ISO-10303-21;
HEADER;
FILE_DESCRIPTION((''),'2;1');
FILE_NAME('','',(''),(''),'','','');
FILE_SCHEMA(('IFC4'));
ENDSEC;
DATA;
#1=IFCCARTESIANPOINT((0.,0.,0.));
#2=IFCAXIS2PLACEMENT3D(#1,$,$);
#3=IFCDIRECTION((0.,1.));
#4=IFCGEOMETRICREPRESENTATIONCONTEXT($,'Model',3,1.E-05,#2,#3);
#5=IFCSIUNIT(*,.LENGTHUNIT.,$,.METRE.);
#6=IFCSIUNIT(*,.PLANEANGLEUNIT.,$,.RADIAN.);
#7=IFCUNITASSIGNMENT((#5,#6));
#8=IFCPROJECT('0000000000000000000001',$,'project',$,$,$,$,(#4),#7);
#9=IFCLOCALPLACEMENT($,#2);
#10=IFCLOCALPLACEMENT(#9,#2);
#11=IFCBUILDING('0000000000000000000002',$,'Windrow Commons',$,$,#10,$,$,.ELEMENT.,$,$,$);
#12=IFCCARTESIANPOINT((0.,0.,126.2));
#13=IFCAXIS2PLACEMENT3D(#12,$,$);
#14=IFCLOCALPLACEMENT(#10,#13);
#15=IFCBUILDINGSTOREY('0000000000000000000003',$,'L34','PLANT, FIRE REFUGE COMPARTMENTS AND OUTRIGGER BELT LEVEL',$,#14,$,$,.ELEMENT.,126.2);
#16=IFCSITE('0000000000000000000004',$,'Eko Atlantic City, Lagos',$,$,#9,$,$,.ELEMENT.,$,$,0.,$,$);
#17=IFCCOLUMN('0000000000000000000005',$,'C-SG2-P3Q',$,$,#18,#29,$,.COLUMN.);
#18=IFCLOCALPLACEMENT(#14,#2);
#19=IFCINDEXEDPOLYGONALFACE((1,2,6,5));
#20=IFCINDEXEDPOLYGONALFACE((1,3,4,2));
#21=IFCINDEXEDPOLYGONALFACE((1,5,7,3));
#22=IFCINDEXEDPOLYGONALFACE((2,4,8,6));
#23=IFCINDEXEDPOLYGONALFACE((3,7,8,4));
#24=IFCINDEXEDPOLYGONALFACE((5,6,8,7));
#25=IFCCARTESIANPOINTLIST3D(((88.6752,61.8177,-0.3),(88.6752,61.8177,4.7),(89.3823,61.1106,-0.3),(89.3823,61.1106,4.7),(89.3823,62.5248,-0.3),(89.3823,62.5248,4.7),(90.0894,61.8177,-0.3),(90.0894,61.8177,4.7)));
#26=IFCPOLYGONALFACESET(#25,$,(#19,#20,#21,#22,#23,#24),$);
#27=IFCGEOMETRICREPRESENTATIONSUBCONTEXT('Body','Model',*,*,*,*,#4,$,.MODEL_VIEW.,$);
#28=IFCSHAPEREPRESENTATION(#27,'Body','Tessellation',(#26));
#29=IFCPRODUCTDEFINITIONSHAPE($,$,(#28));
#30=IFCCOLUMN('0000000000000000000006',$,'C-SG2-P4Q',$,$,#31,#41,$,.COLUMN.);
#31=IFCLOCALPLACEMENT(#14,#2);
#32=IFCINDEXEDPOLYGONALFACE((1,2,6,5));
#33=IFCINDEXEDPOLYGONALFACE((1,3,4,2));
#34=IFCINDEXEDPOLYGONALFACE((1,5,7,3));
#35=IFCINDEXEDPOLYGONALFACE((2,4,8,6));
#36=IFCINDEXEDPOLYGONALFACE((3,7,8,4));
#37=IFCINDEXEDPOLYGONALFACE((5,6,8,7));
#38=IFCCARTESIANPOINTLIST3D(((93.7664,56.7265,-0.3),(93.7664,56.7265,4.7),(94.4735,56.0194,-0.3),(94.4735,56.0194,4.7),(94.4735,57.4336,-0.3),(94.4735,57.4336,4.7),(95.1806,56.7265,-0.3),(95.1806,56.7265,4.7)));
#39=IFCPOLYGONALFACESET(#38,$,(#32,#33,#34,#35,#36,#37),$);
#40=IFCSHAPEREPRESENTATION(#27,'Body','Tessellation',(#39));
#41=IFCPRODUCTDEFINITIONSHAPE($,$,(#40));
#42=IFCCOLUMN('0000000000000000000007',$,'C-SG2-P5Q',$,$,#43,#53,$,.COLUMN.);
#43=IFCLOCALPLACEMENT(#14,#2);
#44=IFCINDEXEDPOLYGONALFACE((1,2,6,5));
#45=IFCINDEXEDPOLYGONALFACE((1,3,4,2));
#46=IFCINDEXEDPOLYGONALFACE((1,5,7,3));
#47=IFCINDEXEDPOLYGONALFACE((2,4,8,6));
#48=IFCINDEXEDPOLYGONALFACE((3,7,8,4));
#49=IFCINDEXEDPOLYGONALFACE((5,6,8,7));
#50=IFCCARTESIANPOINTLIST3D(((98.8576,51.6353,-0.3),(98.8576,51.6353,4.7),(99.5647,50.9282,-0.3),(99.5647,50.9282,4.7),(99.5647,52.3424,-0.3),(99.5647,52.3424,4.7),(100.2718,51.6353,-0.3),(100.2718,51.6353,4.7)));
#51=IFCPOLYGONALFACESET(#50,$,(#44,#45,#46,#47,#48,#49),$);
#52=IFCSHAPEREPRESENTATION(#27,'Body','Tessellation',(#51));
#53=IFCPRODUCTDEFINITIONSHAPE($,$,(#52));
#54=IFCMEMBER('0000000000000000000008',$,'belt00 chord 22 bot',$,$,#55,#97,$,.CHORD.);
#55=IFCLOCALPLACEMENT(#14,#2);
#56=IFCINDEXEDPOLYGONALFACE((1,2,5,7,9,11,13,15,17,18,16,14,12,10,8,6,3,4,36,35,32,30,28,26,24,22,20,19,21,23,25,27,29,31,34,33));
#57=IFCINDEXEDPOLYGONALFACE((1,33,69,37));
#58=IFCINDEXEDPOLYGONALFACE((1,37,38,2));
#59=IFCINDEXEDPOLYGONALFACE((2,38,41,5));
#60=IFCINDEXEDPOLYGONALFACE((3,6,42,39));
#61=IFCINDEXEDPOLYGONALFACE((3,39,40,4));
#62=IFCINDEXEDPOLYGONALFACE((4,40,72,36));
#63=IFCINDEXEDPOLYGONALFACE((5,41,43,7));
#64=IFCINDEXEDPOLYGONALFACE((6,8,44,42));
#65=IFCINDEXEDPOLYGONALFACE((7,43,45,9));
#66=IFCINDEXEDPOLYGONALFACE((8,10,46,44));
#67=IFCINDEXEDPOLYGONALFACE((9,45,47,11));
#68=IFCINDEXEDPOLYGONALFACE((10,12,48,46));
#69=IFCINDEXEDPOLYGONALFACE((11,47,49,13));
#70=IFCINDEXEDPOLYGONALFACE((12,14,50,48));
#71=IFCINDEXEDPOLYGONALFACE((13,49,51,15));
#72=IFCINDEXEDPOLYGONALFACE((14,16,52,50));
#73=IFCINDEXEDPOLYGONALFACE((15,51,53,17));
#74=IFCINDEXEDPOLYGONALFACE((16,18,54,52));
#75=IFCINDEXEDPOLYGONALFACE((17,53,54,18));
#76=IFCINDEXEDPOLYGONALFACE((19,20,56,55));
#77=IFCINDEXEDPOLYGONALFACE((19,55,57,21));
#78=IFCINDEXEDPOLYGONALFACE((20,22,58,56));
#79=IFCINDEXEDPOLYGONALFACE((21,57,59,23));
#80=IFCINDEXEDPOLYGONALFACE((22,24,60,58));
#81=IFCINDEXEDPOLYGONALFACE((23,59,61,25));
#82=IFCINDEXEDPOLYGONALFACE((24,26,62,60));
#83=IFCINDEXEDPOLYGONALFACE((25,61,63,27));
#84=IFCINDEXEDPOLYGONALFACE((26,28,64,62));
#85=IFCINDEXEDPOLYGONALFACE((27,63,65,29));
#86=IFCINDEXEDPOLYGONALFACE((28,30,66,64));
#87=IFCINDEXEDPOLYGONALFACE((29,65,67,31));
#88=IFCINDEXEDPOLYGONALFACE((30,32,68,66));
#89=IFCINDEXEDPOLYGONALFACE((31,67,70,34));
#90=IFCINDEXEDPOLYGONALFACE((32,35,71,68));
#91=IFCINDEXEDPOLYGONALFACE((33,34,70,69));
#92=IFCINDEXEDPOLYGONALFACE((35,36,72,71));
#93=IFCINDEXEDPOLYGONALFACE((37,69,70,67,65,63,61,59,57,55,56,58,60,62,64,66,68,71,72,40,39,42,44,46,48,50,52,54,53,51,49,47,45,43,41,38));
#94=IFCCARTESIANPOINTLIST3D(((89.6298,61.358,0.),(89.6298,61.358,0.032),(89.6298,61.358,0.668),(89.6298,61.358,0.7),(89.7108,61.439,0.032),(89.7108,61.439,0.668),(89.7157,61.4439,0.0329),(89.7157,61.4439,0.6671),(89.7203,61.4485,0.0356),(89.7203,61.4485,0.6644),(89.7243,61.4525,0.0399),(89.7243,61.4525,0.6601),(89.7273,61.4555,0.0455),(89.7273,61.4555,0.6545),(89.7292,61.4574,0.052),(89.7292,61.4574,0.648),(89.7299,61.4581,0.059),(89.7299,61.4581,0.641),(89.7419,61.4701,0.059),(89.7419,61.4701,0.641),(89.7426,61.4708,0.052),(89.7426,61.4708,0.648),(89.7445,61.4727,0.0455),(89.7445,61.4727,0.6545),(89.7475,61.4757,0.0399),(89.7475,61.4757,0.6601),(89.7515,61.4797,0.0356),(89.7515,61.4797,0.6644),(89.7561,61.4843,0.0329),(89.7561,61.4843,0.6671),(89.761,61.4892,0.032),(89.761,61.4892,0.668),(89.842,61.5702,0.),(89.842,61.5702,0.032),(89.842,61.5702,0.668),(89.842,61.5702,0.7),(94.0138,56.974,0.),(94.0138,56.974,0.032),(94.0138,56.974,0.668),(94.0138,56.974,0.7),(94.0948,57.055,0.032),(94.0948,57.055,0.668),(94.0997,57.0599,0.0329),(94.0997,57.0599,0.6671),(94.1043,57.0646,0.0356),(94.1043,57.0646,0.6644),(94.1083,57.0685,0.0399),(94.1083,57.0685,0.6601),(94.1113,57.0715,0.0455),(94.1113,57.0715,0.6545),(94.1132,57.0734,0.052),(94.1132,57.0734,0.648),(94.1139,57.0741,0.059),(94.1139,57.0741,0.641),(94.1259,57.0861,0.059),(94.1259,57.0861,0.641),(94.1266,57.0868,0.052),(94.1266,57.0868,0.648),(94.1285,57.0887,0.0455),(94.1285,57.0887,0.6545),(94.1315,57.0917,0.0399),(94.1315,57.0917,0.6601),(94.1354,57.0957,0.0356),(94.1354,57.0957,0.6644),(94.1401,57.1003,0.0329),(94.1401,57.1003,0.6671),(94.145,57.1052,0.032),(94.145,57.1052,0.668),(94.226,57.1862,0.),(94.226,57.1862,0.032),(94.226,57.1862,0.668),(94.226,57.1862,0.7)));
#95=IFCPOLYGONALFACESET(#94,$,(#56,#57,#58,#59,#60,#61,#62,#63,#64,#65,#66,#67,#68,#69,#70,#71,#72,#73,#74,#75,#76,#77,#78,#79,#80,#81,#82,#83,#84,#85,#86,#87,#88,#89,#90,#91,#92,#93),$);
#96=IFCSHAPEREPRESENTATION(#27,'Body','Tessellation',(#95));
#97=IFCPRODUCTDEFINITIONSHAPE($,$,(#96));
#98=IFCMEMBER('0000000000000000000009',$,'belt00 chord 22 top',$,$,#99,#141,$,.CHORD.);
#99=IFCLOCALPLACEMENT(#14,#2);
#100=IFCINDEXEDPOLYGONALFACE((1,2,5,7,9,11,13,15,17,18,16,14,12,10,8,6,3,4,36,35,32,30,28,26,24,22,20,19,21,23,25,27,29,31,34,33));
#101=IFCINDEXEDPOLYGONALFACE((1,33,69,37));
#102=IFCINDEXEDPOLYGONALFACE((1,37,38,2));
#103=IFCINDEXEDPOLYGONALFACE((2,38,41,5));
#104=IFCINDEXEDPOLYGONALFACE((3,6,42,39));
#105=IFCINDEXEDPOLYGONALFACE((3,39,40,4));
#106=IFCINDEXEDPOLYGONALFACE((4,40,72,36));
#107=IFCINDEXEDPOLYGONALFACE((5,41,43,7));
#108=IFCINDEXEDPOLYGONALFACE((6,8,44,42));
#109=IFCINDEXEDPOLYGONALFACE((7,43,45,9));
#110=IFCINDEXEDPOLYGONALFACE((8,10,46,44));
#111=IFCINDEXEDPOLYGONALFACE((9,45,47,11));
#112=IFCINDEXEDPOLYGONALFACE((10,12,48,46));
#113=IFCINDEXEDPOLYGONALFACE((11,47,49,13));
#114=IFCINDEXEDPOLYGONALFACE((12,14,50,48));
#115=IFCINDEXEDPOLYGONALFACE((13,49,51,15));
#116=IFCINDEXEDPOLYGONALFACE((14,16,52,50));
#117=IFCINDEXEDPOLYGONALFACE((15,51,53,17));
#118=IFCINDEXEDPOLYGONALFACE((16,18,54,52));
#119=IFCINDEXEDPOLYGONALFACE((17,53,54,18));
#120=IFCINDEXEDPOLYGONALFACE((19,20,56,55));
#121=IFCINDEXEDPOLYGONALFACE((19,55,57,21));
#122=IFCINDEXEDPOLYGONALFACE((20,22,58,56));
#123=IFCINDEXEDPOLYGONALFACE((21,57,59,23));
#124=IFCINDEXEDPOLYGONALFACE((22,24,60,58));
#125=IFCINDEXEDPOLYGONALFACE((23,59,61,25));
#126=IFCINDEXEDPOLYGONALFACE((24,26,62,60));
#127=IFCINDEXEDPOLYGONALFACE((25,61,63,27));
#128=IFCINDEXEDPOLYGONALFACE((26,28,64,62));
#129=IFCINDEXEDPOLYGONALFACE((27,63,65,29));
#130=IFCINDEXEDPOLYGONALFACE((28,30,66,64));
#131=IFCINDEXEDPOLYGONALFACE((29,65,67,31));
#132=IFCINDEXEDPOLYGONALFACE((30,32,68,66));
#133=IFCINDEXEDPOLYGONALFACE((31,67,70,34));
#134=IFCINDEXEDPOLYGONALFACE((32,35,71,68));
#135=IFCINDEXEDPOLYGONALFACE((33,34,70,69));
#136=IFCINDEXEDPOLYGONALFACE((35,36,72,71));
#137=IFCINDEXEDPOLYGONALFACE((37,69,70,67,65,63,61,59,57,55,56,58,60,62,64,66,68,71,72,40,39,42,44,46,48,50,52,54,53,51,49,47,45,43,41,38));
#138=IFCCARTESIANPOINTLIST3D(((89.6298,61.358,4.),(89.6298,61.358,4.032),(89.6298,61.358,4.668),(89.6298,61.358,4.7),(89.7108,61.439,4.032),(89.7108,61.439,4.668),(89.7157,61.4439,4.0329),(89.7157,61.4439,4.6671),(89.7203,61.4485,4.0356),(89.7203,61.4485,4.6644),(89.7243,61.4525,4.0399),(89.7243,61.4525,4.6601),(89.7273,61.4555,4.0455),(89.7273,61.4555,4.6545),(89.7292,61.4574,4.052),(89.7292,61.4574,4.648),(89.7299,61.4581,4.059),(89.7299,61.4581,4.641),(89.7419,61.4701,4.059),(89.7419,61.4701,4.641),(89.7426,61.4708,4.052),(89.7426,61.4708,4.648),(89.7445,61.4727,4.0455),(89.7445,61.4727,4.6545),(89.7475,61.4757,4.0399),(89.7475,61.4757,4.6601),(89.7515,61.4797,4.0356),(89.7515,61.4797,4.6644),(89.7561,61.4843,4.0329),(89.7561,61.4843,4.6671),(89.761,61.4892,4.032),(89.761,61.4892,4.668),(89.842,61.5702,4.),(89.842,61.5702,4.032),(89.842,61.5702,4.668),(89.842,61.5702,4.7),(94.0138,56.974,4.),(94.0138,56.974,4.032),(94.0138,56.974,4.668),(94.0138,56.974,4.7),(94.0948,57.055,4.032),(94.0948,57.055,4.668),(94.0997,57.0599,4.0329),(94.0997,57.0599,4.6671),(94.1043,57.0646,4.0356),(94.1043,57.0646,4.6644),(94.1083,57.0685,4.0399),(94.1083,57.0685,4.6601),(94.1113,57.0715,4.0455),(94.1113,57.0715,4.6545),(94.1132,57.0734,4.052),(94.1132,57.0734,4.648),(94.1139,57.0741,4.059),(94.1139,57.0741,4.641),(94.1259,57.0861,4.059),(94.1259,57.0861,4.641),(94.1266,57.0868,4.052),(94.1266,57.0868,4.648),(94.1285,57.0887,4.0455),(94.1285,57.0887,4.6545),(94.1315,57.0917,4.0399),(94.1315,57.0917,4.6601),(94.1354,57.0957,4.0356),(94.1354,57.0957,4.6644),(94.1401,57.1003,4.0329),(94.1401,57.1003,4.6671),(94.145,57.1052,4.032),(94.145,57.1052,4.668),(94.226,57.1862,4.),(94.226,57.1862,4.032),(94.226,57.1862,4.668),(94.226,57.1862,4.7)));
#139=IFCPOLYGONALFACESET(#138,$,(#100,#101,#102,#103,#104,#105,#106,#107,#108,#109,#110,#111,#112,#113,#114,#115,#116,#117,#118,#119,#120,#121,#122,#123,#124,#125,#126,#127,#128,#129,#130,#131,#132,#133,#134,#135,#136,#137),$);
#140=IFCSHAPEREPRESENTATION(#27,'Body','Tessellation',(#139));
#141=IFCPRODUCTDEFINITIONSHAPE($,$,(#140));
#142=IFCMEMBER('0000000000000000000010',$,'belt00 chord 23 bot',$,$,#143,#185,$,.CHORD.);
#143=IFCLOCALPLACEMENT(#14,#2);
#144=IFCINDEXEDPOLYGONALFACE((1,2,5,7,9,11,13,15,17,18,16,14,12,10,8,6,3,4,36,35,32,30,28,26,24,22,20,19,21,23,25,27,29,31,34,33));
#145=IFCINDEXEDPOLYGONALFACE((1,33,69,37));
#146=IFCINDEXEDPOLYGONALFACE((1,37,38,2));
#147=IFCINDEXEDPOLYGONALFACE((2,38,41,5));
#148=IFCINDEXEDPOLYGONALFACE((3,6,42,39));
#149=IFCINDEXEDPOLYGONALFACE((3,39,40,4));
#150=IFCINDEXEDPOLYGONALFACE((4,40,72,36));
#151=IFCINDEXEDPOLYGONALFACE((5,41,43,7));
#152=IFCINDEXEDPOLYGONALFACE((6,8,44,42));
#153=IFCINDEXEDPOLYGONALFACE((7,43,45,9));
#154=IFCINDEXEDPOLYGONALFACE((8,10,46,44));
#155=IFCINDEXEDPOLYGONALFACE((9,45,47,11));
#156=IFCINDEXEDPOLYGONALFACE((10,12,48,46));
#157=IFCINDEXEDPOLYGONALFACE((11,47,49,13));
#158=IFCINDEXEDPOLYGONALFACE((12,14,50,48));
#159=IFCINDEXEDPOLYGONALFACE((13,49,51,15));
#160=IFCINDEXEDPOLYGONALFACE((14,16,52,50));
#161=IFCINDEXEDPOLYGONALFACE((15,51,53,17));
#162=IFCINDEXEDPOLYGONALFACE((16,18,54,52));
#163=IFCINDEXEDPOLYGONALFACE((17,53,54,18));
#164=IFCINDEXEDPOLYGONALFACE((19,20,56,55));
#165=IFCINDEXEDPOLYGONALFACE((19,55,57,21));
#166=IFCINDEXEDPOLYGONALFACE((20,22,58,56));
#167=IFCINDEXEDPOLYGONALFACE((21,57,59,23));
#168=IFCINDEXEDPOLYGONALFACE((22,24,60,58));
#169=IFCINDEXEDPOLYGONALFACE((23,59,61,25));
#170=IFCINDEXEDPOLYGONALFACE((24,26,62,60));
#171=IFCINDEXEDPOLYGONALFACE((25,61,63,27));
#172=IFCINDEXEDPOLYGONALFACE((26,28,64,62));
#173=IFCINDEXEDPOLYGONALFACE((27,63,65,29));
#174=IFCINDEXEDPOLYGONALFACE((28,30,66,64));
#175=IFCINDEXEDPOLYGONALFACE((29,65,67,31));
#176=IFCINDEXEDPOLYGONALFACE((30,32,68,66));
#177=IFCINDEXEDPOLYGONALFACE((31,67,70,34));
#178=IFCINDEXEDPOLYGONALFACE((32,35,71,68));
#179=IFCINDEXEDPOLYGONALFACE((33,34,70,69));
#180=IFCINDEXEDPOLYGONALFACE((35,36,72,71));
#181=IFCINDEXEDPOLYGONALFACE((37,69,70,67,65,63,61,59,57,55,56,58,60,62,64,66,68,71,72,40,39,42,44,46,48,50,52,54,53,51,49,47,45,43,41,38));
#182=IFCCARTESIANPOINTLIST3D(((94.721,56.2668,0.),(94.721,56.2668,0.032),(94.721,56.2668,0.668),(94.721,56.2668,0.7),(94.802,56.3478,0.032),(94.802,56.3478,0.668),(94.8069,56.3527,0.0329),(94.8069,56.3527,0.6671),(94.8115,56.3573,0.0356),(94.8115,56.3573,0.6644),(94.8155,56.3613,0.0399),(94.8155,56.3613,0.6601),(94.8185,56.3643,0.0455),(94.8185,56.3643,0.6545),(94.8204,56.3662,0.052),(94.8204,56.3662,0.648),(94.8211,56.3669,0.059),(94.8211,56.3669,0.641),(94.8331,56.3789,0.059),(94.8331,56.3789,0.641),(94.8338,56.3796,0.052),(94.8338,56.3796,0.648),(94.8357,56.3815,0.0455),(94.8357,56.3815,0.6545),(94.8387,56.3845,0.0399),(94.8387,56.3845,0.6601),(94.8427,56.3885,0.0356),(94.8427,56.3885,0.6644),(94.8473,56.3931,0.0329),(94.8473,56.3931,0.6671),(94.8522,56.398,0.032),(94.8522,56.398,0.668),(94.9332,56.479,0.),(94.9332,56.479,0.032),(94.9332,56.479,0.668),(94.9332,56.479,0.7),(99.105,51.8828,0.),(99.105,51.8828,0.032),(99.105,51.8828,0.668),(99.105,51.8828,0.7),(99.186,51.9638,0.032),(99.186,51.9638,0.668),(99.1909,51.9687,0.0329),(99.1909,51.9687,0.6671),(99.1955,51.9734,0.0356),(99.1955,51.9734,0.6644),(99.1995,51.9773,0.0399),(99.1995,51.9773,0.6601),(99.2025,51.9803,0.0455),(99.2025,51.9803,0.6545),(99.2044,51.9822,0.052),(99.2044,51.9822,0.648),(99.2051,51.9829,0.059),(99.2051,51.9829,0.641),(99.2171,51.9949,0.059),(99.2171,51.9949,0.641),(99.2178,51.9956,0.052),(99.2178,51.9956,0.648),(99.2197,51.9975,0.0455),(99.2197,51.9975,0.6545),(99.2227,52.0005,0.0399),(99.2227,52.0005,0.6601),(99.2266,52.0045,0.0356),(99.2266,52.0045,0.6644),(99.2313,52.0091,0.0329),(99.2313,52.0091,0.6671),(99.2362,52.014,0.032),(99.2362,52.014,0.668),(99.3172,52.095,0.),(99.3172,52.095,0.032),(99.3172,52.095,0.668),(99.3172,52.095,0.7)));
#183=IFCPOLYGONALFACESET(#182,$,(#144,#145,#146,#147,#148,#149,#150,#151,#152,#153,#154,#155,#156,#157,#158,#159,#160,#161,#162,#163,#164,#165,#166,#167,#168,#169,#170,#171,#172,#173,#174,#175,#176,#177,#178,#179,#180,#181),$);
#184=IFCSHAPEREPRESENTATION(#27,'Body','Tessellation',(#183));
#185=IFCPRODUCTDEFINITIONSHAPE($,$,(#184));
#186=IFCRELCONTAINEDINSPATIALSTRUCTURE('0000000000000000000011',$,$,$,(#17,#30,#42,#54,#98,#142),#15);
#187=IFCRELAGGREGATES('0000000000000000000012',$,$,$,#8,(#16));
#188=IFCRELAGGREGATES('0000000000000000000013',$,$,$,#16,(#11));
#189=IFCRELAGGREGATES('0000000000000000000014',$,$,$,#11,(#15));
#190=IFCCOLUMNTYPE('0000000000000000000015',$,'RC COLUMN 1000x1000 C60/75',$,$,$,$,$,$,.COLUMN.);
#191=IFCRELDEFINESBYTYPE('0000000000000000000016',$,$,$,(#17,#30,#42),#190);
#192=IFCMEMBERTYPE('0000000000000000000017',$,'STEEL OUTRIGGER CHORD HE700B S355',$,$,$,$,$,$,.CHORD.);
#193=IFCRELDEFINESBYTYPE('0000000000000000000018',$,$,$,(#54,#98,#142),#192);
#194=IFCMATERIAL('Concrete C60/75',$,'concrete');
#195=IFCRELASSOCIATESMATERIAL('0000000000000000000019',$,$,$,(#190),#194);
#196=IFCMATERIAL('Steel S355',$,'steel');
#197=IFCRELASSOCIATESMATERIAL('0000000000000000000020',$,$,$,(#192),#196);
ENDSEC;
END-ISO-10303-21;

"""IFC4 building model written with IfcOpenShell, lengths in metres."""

from ifc_helpers import new_model, si_unit, direction, frame, origin, origin_2d, place, context, subcontext, project, spatial, rectangle, i_section, extrude, material, material_profile, profile_set, type_object, element, save


model = new_model("IFC4")

# Units and contexts
model_context = context("Model", 3, precision=1e-05, world=origin(), true_north=direction((0.0, 1.0)))
body_context = subcontext(model_context, "Body", "Model", "MODEL_VIEW")
ifc_project = project(units=[si_unit("LENGTHUNIT", "METRE"), si_unit("PLANEANGLEUNIT", "RADIAN")], contexts=[model_context])

# Site, building, storey
site_placement = place(None, origin())
site = spatial("IfcSite", under=ifc_project, at=site_placement, Name="Eko Atlantic City, Lagos", CompositionType="ELEMENT", RefElevation=0.0)
building_placement = place(site_placement, origin())
building = spatial("IfcBuilding", under=site, at=building_placement, Name="Windrow Commons", CompositionType="ELEMENT")
storey_placement = place(building_placement, frame((0.0, 0.0, 126.2)))
storey = spatial("IfcBuildingStorey", under=building, at=storey_placement, Name="L34", Description="PLANT, FIRE REFUGE COMPARTMENTS AND OUTRIGGER BELT LEVEL", CompositionType="ELEMENT", Elevation=126.2)

# Columns
ifc_material_1 = material(Name="Concrete C60/75", Category="concrete")
ifc_material_profile_1 = material_profile(ifc_material_1, rectangle(XDim=1.0, YDim=1.0, at=origin_2d()))
ifc_profile_set_1 = profile_set([ifc_material_profile_1], Name="Concrete C60/75")
column_type = type_object("IfcColumnType", Name="RC COLUMN 1000x1000 C60/75", PredefinedType="COLUMN", material=ifc_profile_set_1)
for number, where, z_axis, x_axis, name in (
    (1, (89.3823, 61.8177, -0.3), (0.0, 0.0, 1.0), (0.707107, -0.707107, 0.0), "C-SG2-P3Q"),
    (2, (94.4735, 56.7265, -0.3), (0.0, 0.0, 1.0), (0.707107, -0.707107, 0.0), "C-SG2-P4Q"),
    (3, (99.5647, 51.6353, -0.3), (0.0, 0.0, 1.0), (0.707107, -0.707107, 0.0), "C-SG2-P5Q"),
):
    element("IfcColumn", number, at=place(storey_placement, frame(where, z_axis=z_axis, x_axis=x_axis)), inside=storey, type_object=column_type, Name=name, PredefinedType="COLUMN", context=body_context, shape_type="SweptSolid", body=[
        extrude(rectangle(XDim=1.0, YDim=1.0, at=origin_2d()), origin(), (0.0, 0.0, 1.0), 5.0),
    ])

# Members
ifc_material_2 = material(Name="Steel S355", Category="steel")
ifc_material_profile_2 = material_profile(ifc_material_2, i_section(OverallWidth=0.3, OverallDepth=0.7, WebThickness=0.017, FlangeThickness=0.032, FilletRadius=0.027, at=origin_2d()))
ifc_profile_set_2 = profile_set([ifc_material_profile_2], Name="Steel S355")
member_type_1 = type_object("IfcMemberType", Name="STEEL OUTRIGGER CHORD HE700B S355", PredefinedType="CHORD", material=ifc_profile_set_2)
for number, where, z_axis, x_axis, name in (
    (4, (89.7359, 61.4641, 0.35), (0.707107, -0.707107, 0.0), (0.707107, 0.707107, 0.0), "belt00 chord 22 bot"),
    (5, (89.7359, 61.4641, 4.35), (0.707107, -0.707107, 0.0), (0.707107, 0.707107, 0.0), "belt00 chord 22 top"),
    (6, (94.8271, 56.3729, 0.35), (0.707107, -0.707107, 0.0), (0.707107, 0.707107, 0.0), "belt00 chord 23 bot"),
):
    element("IfcMember", number, at=place(storey_placement, frame(where, z_axis=z_axis, x_axis=x_axis)), inside=storey, type_object=member_type_1, Name=name, PredefinedType="CHORD", context=body_context, shape_type="SweptSolid", body=[
        extrude(i_section(OverallWidth=0.3, OverallDepth=0.7, WebThickness=0.017, FlangeThickness=0.032, FilletRadius=0.027, at=origin_2d()), origin(), (0.0, 0.0, 1.0), 6.1999),
    ])

save(model, "model.ifc")
